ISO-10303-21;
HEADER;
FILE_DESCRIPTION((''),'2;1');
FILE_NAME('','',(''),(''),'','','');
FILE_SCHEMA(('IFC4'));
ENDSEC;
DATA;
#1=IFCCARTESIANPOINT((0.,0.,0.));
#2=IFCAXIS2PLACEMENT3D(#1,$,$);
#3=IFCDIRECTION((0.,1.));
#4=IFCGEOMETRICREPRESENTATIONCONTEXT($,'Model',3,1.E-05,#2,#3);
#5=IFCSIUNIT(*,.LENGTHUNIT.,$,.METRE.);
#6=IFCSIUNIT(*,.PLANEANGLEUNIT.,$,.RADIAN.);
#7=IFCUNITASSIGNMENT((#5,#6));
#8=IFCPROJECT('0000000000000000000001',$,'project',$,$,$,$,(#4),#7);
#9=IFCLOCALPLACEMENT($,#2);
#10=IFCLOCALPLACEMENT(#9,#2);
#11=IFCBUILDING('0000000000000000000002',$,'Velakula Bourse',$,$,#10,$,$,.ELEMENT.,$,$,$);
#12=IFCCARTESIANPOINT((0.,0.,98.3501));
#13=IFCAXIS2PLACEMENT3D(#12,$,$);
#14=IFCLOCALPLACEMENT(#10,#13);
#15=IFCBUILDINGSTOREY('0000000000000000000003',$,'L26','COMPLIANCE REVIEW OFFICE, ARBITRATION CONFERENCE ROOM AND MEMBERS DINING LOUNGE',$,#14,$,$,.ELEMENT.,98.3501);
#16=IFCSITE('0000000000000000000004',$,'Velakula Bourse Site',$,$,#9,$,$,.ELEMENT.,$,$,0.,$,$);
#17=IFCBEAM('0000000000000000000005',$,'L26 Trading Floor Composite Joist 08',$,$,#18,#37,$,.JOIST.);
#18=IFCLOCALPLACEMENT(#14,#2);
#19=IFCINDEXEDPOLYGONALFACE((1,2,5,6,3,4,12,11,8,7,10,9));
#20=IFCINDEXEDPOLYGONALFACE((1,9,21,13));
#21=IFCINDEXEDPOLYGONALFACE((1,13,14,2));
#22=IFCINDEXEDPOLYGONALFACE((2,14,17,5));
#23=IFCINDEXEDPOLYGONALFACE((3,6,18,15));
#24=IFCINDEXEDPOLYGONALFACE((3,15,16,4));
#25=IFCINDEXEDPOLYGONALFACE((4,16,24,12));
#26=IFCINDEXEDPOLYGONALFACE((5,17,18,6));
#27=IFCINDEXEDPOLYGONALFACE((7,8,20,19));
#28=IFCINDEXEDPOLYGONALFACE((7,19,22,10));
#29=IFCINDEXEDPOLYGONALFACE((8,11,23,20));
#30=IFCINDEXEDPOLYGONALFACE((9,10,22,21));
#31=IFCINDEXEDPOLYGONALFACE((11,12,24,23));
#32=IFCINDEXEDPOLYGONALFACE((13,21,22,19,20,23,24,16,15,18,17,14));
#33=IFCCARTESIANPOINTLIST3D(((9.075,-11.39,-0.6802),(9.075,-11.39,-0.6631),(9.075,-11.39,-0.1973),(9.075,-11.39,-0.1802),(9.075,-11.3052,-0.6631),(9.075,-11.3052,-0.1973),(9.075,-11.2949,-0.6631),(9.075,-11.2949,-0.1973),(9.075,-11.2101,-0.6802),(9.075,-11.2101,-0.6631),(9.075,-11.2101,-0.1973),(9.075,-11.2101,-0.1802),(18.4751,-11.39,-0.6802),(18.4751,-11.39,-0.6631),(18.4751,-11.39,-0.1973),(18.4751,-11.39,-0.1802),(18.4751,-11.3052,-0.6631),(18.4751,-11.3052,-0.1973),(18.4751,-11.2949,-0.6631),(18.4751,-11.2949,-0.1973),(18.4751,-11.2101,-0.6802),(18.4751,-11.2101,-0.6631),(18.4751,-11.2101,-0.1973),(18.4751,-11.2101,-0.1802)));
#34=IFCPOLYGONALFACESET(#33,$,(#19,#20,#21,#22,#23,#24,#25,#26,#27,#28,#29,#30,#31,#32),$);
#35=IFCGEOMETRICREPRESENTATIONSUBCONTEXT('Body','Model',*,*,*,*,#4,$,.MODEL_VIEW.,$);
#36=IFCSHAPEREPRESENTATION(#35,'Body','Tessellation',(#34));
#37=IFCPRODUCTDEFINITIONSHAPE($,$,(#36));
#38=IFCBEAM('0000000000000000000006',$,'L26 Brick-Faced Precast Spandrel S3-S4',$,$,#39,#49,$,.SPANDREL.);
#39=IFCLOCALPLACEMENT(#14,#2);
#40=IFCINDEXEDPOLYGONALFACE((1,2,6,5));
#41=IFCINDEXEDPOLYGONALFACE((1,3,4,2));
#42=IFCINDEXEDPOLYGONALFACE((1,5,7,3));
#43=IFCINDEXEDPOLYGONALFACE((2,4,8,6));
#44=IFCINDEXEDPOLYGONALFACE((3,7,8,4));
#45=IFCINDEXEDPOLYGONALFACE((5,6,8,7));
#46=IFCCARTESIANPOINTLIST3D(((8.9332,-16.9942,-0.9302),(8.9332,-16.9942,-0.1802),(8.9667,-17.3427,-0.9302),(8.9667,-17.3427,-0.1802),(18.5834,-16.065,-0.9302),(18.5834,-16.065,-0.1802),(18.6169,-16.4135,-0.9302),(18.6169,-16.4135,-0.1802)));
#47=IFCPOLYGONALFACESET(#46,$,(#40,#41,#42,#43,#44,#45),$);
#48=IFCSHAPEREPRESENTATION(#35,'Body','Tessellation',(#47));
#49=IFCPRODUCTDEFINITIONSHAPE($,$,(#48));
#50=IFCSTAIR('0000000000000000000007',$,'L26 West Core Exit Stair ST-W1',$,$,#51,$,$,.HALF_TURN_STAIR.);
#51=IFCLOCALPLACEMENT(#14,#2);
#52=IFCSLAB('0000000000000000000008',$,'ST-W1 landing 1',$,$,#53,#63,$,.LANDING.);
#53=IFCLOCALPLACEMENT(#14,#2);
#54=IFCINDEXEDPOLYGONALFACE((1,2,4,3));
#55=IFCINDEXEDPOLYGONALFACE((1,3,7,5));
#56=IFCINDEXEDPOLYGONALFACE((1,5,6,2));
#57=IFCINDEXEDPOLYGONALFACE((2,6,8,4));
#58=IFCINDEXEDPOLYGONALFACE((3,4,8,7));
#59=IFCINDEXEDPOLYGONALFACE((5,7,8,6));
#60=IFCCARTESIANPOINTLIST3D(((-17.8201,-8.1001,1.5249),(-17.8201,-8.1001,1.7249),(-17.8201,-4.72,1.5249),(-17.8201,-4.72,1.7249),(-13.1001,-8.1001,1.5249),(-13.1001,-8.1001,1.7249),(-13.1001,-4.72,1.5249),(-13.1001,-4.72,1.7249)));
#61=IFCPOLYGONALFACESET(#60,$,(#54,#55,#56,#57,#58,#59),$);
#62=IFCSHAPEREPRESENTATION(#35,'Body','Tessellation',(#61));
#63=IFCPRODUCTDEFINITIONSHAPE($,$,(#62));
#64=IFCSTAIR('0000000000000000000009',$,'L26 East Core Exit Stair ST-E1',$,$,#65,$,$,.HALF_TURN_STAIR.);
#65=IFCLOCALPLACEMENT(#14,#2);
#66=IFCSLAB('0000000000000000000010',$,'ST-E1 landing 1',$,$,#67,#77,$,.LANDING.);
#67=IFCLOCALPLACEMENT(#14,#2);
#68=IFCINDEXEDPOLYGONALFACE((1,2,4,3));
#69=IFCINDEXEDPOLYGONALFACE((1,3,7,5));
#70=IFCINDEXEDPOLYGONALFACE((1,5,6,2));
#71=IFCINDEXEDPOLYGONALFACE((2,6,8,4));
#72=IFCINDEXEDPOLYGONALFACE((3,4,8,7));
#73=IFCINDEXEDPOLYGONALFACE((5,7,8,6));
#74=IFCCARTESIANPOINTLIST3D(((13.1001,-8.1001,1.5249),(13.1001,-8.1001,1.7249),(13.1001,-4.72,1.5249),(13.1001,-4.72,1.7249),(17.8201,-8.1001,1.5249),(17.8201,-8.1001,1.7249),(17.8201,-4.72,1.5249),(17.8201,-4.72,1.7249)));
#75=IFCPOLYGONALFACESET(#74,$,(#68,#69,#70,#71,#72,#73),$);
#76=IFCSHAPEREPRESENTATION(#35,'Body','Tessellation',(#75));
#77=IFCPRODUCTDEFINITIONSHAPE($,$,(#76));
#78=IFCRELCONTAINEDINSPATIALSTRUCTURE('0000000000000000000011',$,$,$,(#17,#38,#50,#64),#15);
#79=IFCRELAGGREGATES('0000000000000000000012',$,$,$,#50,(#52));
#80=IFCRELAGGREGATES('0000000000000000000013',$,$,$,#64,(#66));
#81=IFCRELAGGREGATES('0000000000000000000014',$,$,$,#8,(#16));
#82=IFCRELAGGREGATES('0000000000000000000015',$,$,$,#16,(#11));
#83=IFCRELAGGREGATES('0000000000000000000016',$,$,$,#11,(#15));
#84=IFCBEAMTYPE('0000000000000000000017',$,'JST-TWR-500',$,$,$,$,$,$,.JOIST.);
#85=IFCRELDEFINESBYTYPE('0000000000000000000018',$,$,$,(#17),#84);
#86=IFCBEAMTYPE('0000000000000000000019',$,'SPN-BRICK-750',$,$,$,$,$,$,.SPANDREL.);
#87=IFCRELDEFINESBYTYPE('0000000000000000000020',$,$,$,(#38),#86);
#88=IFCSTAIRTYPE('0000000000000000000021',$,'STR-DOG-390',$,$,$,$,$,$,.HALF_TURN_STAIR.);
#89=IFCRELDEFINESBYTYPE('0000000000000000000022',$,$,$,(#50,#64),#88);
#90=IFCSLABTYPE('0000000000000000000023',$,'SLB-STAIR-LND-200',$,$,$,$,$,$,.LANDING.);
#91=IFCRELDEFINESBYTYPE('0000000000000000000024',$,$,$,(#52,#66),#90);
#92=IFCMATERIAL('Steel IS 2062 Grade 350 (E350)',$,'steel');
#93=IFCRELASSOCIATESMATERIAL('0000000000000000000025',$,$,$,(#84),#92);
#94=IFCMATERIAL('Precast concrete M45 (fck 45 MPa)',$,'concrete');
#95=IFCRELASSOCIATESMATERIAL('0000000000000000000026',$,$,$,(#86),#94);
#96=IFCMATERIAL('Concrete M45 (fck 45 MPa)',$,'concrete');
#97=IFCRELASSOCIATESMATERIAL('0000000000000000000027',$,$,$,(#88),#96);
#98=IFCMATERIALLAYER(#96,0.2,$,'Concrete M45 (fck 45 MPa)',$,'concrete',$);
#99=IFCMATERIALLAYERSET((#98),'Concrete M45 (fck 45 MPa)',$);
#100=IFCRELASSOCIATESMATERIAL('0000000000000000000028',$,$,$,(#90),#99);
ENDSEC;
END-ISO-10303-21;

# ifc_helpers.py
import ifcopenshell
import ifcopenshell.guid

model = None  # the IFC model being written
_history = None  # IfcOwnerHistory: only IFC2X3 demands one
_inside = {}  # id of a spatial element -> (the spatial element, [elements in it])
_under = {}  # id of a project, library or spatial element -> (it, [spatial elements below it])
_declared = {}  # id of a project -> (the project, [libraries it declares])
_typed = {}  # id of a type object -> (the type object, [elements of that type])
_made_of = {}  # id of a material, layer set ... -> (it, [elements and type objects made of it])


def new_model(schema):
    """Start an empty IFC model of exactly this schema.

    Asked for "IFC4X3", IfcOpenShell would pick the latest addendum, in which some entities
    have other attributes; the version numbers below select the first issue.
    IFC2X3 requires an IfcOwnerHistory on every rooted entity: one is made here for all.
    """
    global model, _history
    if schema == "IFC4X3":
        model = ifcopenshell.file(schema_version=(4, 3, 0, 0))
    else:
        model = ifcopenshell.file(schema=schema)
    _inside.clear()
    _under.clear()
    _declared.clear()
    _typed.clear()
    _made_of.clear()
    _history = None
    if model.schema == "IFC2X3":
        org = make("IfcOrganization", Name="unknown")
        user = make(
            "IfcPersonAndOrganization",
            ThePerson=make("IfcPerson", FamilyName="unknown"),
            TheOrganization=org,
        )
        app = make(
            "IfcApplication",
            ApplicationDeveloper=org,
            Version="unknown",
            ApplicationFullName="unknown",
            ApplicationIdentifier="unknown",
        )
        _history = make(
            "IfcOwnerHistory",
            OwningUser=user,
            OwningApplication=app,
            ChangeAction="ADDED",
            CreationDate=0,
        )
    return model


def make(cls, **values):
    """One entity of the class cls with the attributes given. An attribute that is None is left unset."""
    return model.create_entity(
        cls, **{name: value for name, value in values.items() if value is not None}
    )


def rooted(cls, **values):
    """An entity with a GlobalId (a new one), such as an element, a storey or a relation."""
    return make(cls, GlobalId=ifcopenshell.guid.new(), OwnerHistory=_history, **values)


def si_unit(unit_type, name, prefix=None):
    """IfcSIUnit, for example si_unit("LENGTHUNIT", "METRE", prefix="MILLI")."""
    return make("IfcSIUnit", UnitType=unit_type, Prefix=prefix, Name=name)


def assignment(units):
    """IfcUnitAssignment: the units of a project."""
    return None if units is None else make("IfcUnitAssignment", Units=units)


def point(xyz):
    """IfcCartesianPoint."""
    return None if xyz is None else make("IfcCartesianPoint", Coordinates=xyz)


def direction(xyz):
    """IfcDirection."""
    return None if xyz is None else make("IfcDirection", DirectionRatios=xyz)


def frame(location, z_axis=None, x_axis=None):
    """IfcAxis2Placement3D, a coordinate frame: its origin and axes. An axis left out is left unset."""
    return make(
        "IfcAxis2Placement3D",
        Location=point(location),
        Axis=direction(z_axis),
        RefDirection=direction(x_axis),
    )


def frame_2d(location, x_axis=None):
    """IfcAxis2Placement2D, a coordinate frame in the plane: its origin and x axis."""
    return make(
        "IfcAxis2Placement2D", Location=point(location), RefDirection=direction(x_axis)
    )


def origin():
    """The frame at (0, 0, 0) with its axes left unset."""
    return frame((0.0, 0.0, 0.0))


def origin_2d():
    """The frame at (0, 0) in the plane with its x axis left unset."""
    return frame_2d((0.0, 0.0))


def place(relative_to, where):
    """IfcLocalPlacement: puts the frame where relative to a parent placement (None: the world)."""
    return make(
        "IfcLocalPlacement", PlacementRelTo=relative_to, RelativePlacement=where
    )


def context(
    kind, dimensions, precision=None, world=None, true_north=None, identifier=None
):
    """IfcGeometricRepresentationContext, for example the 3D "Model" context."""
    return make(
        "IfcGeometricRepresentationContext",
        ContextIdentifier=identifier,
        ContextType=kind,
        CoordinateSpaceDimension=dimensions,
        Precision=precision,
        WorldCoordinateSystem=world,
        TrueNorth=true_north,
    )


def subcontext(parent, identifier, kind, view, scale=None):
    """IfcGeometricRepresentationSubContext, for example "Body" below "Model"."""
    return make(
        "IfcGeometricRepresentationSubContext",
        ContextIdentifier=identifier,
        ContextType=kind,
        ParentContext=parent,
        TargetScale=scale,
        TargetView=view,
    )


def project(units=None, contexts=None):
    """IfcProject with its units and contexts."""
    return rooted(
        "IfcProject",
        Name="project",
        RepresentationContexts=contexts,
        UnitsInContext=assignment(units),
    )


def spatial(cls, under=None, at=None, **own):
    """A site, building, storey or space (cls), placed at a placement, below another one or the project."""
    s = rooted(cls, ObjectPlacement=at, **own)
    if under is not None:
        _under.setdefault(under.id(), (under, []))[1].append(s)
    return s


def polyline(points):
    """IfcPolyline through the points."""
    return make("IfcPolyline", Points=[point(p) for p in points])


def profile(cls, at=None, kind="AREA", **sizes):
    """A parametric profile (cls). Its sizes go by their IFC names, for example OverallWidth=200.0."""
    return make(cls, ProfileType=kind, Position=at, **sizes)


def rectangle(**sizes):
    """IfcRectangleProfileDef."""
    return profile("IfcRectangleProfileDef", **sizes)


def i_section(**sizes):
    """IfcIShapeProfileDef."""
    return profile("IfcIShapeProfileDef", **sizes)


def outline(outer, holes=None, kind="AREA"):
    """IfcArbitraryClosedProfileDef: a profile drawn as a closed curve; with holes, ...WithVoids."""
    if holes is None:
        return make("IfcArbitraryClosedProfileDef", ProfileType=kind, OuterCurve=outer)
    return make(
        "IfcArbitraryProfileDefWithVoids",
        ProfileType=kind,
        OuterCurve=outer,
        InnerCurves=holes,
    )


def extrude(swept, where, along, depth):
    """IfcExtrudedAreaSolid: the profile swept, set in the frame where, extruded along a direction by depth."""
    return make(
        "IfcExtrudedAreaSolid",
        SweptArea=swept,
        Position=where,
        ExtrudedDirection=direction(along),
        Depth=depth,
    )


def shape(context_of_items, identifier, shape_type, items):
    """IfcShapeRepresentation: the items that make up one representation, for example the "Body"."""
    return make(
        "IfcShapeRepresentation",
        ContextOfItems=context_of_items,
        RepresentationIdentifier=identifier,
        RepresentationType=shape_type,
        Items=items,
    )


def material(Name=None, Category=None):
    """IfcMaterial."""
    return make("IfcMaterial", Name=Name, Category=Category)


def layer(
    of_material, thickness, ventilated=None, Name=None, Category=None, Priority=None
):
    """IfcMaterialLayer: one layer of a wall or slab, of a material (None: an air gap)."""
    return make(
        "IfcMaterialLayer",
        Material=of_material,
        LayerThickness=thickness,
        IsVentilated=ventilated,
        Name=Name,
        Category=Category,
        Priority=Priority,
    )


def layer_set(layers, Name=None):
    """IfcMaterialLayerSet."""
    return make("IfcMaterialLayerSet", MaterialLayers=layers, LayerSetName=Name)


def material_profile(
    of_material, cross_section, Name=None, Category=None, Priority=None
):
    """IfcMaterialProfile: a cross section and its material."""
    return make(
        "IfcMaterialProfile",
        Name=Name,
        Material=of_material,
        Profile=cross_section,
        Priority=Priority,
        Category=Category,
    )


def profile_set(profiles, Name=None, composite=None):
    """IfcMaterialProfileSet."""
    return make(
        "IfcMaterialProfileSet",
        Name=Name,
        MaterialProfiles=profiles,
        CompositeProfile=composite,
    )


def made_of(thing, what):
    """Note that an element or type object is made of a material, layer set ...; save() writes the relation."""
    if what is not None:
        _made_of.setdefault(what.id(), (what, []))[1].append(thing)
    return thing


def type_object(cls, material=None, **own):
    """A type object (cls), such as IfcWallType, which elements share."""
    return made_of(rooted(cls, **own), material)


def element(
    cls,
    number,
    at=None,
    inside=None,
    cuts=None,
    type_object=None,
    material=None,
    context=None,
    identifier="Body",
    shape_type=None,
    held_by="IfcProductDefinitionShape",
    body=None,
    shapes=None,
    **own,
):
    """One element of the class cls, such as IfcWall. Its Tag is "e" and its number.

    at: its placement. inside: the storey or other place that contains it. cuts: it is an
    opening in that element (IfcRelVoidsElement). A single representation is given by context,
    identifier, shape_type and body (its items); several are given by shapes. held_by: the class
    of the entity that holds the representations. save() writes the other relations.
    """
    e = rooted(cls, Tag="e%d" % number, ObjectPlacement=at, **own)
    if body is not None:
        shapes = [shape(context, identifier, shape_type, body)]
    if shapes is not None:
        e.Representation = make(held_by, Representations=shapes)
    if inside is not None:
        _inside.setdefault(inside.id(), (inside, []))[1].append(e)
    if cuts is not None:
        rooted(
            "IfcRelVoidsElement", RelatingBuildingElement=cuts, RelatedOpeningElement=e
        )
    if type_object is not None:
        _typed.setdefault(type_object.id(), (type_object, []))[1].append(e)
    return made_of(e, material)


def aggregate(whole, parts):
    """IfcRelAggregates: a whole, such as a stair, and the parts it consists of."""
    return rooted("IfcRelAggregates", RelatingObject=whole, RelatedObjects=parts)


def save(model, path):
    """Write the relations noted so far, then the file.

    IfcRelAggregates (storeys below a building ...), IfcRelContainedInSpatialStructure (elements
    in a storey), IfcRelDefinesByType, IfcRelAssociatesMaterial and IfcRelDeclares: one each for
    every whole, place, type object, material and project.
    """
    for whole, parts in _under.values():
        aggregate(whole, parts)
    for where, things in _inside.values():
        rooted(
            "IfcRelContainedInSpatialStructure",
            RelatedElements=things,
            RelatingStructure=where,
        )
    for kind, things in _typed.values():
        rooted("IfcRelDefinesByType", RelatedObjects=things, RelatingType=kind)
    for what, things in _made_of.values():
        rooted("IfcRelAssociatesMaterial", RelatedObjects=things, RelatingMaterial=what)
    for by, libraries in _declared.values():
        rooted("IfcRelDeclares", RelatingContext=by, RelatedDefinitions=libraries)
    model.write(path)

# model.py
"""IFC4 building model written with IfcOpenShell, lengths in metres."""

from ifc_helpers import new_model, si_unit, direction, frame, origin, origin_2d, place, context, subcontext, project, spatial, polyline, rectangle, i_section, outline, extrude, material, layer, layer_set, material_profile, profile_set, type_object, element, aggregate, save


model = new_model("IFC4")

# Units and contexts
model_context = context("Model", 3, precision=1e-05, world=origin(), true_north=direction((0.0, 1.0)))
body_context = subcontext(model_context, "Body", "Model", "MODEL_VIEW")
ifc_project = project(units=[si_unit("LENGTHUNIT", "METRE"), si_unit("PLANEANGLEUNIT", "RADIAN")], contexts=[model_context])

# Site, building, storey
site_placement = place(None, origin())
site = spatial("IfcSite", under=ifc_project, at=site_placement, Name="Velakula Bourse Site", CompositionType="ELEMENT", RefElevation=0.0)
building_placement = place(site_placement, origin())
building = spatial("IfcBuilding", under=site, at=building_placement, Name="Velakula Bourse", CompositionType="ELEMENT")
storey_placement = place(building_placement, frame((0.0, 0.0, 98.3501)))
storey = spatial("IfcBuildingStorey", under=building, at=storey_placement, Name="L26", Description="COMPLIANCE REVIEW OFFICE, ARBITRATION CONFERENCE ROOM AND MEMBERS DINING LOUNGE", CompositionType="ELEMENT", Elevation=98.3501)

# Beams
ifc_material_1 = material(Name="Steel IS 2062 Grade 350 (E350)", Category="steel")
ifc_material_profile_1 = material_profile(ifc_material_1, i_section(OverallWidth=0.1799, OverallDepth=0.5, WebThickness=0.0103, FlangeThickness=0.0171, at=origin_2d()), Name="Steel IS 2062 Grade 350 (E350)")
ifc_profile_set_1 = profile_set([ifc_material_profile_1], Name="Steel IS 2062 Grade 350 (E350)")
beam_type_1 = type_object("IfcBeamType", Name="JST-TWR-500", PredefinedType="JOIST", material=ifc_profile_set_1)
beam_1_placement = place(storey_placement, frame((9.075, -11.3, -0.4302), z_axis=(1.0, 0.0, 0.0), x_axis=(0.0, 1.0, 0.0)))
element("IfcBeam", 1, at=beam_1_placement, inside=storey, type_object=beam_type_1, Name="L26 Trading Floor Composite Joist 08", PredefinedType="JOIST", context=body_context, shape_type="SweptSolid", body=[
    extrude(i_section(OverallWidth=0.1799, OverallDepth=0.5, WebThickness=0.0103, FlangeThickness=0.0171, at=origin_2d()), origin(), (0.0, 0.0, 1.0), 9.4001),
])
ifc_material_2 = material(Name="Precast concrete M45 (fck 45 MPa)", Category="concrete")
ifc_material_profile_2 = material_profile(ifc_material_2, rectangle(XDim=0.3501, YDim=0.75, at=origin_2d()), Name="Precast concrete M45 (fck 45 MPa)")
ifc_profile_set_2 = profile_set([ifc_material_profile_2], Name="Precast concrete M45 (fck 45 MPa)")
beam_type_2 = type_object("IfcBeamType", Name="SPN-BRICK-750", PredefinedType="SPANDREL", material=ifc_profile_set_2)
beam_2_placement = place(storey_placement, frame((8.95, -17.1685, -0.5552), z_axis=(0.995396, 0.095845, 0.0), x_axis=(-0.095845, 0.995396, 0.0)))
element("IfcBeam", 2, at=beam_2_placement, inside=storey, type_object=beam_type_2, Name="L26 Brick-Faced Precast Spandrel S3-S4", PredefinedType="SPANDREL", context=body_context, shape_type="SweptSolid", body=[
    extrude(rectangle(XDim=0.3501, YDim=0.75, at=origin_2d()), origin(), (0.0, 0.0, 1.0), 9.6948),
])

# Stairs, slabs
ifc_material_3 = material(Name="Concrete M45 (fck 45 MPa)", Category="concrete")
stair_type = type_object("IfcStairType", Name="STR-DOG-390", PredefinedType="HALF_TURN_STAIR", material=ifc_material_3)
stair_1_placement = place(storey_placement, origin())
stair_1 = element("IfcStair", 3, at=stair_1_placement, inside=storey, type_object=stair_type, Name="L26 West Core Exit Stair ST-W1", PredefinedType="HALF_TURN_STAIR")
ifc_layer_1 = layer(ifc_material_3, 0.2, Name="Concrete M45 (fck 45 MPa)", Category="concrete")
ifc_layer_set_1 = layer_set([ifc_layer_1], Name="Concrete M45 (fck 45 MPa)")
slab_type_1 = type_object("IfcSlabType", Name="SLB-STAIR-LND-200", PredefinedType="LANDING", material=ifc_layer_set_1)
slab_1_placement = place(storey_placement, frame((0.0, 0.0, 1.5249)))
slab_1 = element("IfcSlab", 4, at=slab_1_placement, type_object=slab_type_1, Name="ST-W1 landing 1", PredefinedType="LANDING", context=body_context, shape_type="SweptSolid", body=[
    extrude(outline(polyline([(-17.8201, -4.72), (-17.8201, -8.1001), (-13.1001, -8.1001), (-13.1001, -4.72), (-17.8201, -4.72)])), origin(), (0.0, 0.0, 1.0), 0.2),
])
aggregate(stair_1, [slab_1])
stair_2_placement = place(storey_placement, origin())
stair_2 = element("IfcStair", 5, at=stair_2_placement, inside=storey, type_object=stair_type, Name="L26 East Core Exit Stair ST-E1", PredefinedType="HALF_TURN_STAIR")
slab_2_placement = place(storey_placement, frame((0.0, 0.0, 1.5249)))
slab_2 = element("IfcSlab", 6, at=slab_2_placement, type_object=slab_type_1, Name="ST-E1 landing 1", PredefinedType="LANDING", context=body_context, shape_type="SweptSolid", body=[
    extrude(outline(polyline([(13.1001, -4.72), (13.1001, -8.1001), (17.8201, -8.1001), (17.8201, -4.72), (13.1001, -4.72)])), origin(), (0.0, 0.0, 1.0), 0.2),
])
aggregate(stair_2, [slab_2])

save(model, "model.ifc")
